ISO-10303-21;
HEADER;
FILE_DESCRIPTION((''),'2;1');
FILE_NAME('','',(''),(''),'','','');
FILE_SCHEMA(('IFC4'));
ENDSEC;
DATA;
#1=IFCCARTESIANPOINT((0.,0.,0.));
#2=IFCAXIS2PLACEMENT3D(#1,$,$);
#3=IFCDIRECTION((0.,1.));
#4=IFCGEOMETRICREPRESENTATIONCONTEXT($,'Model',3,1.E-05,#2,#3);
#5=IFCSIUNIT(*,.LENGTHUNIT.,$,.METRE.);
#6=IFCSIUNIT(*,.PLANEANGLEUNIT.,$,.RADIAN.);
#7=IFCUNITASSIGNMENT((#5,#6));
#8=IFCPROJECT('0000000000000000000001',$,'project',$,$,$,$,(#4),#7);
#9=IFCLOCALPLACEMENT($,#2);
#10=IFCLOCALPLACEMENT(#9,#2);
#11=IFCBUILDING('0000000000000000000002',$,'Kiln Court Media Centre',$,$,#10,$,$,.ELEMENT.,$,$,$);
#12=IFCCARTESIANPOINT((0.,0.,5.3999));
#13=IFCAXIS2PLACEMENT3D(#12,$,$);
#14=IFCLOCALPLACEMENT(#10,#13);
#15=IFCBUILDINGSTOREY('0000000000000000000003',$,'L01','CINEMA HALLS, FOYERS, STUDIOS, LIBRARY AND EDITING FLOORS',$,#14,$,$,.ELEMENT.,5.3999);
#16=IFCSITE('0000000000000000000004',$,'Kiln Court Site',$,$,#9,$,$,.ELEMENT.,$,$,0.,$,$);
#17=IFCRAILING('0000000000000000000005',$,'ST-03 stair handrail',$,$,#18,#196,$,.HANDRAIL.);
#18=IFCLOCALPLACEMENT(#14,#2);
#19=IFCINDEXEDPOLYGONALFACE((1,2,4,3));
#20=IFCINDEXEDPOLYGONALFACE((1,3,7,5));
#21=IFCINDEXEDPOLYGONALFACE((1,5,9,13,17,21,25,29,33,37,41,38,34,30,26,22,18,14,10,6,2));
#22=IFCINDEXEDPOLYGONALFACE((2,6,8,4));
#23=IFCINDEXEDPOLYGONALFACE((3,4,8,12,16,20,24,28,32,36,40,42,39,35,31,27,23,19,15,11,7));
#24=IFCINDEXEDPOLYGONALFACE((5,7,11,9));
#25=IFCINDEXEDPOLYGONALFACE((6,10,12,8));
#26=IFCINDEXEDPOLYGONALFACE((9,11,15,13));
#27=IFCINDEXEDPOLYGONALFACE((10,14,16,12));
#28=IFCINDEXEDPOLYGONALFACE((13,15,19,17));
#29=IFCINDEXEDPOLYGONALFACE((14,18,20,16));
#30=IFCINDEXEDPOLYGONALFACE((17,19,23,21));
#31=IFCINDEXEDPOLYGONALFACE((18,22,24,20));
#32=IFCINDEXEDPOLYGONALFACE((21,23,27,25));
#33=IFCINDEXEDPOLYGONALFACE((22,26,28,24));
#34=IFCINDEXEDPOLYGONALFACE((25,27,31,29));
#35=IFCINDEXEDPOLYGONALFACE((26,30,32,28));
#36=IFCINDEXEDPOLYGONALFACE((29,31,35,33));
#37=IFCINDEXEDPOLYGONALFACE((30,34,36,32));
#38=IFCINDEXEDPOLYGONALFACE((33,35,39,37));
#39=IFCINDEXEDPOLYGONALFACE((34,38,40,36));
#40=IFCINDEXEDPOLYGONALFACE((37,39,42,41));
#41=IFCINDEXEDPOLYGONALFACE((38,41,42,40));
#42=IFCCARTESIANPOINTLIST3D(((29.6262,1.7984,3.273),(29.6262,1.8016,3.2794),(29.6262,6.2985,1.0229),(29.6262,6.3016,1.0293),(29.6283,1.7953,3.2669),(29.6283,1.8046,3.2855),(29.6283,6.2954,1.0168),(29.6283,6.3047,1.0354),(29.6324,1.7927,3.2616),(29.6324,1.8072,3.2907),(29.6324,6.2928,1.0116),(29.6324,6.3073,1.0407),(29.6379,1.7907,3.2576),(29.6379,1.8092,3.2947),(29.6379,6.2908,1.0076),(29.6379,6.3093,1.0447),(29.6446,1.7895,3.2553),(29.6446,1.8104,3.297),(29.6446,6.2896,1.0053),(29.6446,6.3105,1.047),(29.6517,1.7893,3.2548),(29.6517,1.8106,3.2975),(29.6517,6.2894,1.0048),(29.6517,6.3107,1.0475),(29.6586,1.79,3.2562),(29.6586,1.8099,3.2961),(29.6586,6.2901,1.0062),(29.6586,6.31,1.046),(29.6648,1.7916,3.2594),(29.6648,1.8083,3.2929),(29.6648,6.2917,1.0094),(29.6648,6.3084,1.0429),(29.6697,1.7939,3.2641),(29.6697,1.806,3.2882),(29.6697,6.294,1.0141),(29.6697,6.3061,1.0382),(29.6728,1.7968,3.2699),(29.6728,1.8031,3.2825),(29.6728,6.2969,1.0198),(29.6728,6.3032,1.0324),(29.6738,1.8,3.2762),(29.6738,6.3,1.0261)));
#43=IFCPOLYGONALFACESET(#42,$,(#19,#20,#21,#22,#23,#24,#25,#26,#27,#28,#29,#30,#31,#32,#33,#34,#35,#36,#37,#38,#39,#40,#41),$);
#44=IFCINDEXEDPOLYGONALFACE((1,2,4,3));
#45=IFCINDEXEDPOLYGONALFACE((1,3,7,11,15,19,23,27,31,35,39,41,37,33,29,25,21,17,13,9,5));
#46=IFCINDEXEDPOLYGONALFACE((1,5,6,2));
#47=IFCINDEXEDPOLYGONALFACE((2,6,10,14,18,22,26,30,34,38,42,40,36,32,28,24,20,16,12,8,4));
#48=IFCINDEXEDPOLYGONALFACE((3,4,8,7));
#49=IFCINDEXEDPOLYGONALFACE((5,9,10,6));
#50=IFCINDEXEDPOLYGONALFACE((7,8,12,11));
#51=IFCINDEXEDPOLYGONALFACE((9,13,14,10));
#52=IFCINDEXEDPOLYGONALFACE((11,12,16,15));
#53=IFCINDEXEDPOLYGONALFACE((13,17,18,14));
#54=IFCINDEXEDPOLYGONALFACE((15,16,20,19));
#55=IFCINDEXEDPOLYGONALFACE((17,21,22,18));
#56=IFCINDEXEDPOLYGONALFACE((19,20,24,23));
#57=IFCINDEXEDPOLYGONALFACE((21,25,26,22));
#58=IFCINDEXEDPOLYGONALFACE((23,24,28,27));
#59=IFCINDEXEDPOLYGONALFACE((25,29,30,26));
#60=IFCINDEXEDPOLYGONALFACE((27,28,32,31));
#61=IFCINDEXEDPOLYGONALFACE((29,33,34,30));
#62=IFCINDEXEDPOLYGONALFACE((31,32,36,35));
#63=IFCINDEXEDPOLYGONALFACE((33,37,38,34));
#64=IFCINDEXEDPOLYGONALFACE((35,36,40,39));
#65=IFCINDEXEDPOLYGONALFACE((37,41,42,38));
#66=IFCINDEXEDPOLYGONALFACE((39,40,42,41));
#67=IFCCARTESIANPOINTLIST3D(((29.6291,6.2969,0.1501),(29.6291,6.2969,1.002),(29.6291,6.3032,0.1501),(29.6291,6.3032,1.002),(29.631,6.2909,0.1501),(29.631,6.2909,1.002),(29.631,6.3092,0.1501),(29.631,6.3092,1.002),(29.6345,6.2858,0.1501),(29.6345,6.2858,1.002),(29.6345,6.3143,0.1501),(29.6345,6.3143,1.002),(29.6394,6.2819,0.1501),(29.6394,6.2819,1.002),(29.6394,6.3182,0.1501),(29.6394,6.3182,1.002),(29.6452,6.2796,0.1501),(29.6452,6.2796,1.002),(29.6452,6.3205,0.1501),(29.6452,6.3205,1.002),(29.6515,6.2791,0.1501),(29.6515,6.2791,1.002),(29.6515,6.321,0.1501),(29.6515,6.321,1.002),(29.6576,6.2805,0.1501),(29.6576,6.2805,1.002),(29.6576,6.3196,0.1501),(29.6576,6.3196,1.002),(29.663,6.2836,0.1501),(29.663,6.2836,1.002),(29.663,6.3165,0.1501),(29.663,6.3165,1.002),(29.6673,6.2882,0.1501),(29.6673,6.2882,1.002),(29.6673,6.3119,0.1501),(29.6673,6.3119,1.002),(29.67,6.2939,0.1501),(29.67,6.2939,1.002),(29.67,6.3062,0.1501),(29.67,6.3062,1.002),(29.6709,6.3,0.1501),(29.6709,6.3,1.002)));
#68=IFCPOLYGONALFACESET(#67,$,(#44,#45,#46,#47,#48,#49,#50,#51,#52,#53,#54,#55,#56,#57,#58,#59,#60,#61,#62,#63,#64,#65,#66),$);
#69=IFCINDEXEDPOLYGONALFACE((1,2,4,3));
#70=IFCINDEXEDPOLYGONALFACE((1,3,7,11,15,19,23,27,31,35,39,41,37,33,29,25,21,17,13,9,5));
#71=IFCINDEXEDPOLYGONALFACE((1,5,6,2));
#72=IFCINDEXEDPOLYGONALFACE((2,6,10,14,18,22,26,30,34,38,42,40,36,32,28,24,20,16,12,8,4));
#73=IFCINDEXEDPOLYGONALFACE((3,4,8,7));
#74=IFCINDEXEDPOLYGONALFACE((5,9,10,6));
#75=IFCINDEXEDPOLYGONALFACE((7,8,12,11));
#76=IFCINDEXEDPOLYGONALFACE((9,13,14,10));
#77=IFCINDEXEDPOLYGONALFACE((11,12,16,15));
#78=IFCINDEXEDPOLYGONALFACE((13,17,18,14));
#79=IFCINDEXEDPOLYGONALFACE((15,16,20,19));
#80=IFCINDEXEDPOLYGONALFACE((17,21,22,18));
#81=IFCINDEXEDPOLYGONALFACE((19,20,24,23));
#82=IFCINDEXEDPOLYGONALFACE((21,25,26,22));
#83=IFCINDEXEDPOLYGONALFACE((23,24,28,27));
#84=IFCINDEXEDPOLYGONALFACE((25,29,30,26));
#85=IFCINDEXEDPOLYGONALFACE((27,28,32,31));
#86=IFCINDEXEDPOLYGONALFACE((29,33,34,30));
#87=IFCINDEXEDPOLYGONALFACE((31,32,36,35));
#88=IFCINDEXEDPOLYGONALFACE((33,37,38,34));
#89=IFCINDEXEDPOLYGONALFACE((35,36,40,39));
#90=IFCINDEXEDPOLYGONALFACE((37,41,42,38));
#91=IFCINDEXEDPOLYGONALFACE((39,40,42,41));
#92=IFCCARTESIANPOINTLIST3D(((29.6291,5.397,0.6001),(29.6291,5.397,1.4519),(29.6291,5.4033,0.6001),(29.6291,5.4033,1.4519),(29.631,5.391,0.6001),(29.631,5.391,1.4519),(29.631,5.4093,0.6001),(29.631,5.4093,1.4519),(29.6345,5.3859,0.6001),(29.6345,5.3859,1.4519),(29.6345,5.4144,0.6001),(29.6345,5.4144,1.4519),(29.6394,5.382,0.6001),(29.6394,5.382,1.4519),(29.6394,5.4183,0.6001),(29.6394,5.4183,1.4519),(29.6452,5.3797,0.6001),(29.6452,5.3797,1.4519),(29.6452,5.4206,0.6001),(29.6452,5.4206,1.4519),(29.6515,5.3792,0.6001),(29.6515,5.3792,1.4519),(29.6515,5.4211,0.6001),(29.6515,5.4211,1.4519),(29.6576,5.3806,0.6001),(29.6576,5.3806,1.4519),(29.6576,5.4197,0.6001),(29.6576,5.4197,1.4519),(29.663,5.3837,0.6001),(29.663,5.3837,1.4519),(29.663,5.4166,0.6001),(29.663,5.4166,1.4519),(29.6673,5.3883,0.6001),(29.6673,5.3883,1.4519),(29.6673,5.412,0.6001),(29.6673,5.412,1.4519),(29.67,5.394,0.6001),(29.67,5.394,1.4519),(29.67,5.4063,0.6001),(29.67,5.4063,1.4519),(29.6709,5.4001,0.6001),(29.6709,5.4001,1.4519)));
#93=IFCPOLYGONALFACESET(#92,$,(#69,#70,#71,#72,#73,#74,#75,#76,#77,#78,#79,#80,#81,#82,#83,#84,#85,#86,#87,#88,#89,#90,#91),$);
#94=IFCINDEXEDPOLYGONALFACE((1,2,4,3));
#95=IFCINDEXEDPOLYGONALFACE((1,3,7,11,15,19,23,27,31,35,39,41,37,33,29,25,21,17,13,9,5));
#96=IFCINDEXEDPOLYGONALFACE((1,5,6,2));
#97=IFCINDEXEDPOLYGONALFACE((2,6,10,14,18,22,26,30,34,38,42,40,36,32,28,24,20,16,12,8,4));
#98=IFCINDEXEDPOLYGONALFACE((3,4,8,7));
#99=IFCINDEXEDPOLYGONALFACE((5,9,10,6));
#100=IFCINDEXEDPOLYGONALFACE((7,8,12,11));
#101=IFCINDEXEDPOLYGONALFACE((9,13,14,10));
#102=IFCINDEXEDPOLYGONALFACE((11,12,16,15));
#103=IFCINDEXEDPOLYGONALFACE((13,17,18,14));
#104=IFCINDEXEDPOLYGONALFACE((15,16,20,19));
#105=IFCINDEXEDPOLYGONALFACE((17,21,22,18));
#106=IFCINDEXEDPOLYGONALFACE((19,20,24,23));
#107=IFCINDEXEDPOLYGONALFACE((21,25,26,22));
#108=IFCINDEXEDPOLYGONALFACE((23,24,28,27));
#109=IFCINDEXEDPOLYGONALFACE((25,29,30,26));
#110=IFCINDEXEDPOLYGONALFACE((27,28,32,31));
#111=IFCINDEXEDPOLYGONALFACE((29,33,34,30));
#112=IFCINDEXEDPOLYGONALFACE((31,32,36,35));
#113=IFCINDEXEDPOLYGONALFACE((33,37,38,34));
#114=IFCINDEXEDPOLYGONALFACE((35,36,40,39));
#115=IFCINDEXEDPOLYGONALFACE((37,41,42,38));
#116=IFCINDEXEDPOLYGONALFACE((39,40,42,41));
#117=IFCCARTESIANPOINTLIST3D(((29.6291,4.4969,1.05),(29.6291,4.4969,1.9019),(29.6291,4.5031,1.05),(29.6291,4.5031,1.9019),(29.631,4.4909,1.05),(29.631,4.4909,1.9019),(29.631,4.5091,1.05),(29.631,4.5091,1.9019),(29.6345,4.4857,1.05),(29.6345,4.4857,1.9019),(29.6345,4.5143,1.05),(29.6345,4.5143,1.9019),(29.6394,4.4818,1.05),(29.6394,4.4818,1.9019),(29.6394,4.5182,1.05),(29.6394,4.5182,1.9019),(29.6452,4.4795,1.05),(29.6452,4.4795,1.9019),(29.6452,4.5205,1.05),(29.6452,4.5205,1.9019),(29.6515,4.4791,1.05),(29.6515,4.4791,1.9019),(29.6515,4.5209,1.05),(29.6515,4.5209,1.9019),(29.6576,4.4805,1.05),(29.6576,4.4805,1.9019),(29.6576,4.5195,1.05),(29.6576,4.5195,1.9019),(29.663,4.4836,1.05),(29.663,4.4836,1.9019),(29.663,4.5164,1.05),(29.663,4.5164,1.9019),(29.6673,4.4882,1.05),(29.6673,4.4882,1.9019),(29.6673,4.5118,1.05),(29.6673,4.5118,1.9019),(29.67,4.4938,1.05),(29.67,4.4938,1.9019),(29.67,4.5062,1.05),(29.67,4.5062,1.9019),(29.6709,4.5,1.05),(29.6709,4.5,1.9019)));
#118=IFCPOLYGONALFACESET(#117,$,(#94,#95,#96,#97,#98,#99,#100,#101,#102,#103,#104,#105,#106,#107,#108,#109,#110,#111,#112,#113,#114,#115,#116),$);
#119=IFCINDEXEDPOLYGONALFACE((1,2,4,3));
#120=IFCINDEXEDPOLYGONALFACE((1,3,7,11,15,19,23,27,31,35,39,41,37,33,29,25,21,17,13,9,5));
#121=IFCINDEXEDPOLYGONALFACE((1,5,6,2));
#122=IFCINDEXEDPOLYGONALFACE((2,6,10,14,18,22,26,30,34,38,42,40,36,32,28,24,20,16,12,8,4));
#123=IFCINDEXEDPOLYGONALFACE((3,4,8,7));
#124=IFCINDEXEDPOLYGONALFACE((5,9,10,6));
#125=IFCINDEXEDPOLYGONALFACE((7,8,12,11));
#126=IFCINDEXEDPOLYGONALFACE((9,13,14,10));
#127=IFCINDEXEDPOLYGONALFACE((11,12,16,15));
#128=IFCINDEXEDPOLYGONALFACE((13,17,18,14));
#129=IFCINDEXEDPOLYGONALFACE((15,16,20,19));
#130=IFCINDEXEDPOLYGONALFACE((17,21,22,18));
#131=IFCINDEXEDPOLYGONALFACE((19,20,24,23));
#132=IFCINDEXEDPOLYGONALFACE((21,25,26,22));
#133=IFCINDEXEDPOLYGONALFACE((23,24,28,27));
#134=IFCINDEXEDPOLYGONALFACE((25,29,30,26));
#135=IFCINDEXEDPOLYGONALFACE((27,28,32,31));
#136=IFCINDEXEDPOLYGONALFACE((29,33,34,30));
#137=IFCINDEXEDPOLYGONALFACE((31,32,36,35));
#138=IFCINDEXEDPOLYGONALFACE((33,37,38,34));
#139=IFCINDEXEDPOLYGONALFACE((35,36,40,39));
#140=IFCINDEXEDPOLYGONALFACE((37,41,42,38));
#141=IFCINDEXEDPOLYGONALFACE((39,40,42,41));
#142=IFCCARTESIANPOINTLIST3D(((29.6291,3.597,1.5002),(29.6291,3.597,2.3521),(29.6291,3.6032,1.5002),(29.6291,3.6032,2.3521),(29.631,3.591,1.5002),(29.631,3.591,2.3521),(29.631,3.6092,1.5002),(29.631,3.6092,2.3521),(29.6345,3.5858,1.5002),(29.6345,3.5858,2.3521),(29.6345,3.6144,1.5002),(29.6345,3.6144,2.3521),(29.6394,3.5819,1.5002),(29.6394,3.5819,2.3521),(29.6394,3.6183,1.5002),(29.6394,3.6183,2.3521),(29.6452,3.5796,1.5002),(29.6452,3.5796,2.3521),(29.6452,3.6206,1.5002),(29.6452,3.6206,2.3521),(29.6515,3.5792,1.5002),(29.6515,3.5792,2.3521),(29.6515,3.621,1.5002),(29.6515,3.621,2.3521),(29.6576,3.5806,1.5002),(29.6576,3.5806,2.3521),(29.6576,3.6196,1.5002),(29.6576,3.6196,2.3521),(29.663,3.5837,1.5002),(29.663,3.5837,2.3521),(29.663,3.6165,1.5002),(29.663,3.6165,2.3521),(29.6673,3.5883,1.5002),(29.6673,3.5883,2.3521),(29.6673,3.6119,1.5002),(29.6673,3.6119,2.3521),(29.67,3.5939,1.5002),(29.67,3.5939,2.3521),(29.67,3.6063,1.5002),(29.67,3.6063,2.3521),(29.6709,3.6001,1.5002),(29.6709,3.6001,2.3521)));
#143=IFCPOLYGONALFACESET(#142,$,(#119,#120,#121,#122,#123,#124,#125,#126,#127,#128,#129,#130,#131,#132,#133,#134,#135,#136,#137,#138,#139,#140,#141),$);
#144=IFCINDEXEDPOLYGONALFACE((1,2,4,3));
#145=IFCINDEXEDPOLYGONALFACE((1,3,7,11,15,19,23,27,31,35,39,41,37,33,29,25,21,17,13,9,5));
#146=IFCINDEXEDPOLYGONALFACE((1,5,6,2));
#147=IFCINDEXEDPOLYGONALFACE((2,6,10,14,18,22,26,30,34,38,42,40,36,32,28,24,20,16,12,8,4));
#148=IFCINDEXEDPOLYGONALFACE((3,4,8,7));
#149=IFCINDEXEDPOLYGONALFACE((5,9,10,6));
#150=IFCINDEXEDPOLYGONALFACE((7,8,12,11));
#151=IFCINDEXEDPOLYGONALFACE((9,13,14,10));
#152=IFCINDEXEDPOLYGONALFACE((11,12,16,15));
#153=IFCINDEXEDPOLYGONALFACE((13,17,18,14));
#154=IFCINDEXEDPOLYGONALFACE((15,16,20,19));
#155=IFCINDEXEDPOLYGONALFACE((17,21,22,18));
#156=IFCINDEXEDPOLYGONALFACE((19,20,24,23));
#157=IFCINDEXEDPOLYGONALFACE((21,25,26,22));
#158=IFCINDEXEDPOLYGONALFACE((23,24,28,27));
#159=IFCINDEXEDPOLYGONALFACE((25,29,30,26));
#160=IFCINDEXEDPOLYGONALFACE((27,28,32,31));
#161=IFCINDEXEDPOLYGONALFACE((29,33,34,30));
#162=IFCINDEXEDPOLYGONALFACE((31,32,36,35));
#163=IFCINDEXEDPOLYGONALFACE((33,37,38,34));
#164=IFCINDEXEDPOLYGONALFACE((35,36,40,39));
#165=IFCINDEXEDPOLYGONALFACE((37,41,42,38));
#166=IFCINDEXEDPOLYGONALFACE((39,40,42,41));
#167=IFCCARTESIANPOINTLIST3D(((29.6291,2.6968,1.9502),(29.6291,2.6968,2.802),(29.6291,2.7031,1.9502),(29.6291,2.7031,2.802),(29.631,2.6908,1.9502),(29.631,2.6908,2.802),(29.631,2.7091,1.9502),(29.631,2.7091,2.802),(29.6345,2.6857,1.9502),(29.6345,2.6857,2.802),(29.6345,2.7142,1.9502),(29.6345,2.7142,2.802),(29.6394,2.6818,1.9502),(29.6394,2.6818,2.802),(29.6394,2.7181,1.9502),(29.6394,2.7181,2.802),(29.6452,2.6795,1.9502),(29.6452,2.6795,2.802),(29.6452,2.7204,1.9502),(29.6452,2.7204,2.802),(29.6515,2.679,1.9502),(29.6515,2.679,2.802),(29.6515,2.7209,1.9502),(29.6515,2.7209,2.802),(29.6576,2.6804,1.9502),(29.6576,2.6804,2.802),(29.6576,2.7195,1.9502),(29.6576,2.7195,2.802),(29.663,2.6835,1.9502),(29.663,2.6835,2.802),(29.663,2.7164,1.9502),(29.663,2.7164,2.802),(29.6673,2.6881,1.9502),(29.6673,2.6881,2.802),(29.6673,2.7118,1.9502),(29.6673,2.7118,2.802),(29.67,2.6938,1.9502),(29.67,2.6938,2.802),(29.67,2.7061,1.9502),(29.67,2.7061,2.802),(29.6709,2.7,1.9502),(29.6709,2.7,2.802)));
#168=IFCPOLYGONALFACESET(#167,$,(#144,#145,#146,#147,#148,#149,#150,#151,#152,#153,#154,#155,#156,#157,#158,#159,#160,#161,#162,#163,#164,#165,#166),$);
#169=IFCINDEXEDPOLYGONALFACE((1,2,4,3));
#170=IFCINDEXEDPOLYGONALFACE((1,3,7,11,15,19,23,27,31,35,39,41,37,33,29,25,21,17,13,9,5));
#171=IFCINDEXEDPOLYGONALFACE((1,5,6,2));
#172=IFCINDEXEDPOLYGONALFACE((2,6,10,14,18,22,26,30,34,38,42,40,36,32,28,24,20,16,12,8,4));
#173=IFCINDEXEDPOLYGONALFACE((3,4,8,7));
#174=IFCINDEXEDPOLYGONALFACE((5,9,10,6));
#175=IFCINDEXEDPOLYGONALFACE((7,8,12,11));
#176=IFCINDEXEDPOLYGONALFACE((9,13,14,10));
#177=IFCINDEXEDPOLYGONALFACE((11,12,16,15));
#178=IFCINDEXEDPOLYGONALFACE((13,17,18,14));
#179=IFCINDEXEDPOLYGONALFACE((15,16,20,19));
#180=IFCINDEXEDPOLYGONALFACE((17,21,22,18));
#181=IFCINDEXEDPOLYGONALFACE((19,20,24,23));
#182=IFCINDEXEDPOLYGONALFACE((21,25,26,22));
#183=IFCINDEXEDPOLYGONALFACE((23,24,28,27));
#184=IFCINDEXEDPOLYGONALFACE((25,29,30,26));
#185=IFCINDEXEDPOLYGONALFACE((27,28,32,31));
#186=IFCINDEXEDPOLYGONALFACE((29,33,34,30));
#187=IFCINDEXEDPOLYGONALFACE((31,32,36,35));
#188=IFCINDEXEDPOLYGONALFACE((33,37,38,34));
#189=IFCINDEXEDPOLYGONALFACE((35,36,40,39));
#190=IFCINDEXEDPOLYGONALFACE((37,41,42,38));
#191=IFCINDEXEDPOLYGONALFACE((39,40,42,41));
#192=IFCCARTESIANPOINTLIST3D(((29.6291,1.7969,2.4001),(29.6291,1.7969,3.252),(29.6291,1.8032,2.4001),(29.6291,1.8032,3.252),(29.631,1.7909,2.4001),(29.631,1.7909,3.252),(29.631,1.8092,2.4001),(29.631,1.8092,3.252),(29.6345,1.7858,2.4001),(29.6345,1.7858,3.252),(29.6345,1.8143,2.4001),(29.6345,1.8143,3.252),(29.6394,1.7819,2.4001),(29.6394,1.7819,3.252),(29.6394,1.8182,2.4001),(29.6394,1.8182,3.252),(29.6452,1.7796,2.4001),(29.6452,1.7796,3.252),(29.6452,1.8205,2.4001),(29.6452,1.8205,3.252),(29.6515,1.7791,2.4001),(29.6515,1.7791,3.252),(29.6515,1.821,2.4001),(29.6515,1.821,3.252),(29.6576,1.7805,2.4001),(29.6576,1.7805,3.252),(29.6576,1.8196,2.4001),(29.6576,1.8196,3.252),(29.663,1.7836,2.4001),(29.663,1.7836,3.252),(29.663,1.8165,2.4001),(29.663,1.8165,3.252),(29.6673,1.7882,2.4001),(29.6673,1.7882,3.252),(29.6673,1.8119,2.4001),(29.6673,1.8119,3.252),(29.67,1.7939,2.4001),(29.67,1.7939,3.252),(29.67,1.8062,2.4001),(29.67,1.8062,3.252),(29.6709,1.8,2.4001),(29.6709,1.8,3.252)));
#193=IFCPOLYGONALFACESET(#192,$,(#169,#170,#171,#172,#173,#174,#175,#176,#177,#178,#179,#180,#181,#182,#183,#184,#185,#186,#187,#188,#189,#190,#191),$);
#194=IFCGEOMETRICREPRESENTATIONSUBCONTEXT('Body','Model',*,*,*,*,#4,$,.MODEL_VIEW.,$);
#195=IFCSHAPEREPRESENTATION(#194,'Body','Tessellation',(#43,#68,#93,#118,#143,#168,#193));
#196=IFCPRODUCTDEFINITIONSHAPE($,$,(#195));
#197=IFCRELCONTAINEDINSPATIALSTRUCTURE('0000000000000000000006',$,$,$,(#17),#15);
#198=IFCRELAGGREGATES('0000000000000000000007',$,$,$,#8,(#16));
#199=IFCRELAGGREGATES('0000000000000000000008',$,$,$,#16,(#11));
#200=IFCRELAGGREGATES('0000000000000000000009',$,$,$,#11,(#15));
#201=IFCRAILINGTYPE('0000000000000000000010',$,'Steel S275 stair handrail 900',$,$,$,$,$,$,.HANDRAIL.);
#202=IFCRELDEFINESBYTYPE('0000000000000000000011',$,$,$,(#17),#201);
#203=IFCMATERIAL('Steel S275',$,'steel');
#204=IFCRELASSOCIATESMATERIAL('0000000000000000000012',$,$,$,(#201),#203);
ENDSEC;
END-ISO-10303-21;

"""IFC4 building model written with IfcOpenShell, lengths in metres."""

from ifc_helpers import new_model, si_unit, direction, frame, origin, origin_2d, place, context, subcontext, project, spatial, circle, extrude, material, type_object, element, save


model = new_model("IFC4")

# Units and contexts
model_context = context("Model", 3, precision=1e-05, world=origin(), true_north=direction((0.0, 1.0)))
body_context = subcontext(model_context, "Body", "Model", "MODEL_VIEW")
ifc_project = project(units=[si_unit("LENGTHUNIT", "METRE"), si_unit("PLANEANGLEUNIT", "RADIAN")], contexts=[model_context])

# Site, building, storey
site_placement = place(None, origin())
site = spatial("IfcSite", under=ifc_project, at=site_placement, Name="Kiln Court Site", CompositionType="ELEMENT", RefElevation=0.0)
building_placement = place(site_placement, origin())
building = spatial("IfcBuilding", under=site, at=building_placement, Name="Kiln Court Media Centre", CompositionType="ELEMENT")
storey_placement = place(building_placement, frame((0.0, 0.0, 5.3999)))
storey = spatial("IfcBuildingStorey", under=building, at=storey_placement, Name="L01", Description="CINEMA HALLS, FOYERS, STUDIOS, LIBRARY AND EDITING FLOORS", CompositionType="ELEMENT", Elevation=5.3999)

# Railing
ifc_material_1 = material(Name="Steel S275", Category="steel")
railing_type_1 = type_object("IfcRailingType", Name="Steel S275 stair handrail 900", PredefinedType="HANDRAIL", material=ifc_material_1)
railing_1_placement = place(storey_placement, frame((29.6499, 6.3, 0.1501)))
element("IfcRailing", 1, at=railing_1_placement, inside=storey, type_object=railing_type_1, Name="ST-03 stair handrail", PredefinedType="HANDRAIL", context=body_context, shape_type="SweptSolid", body=[
    extrude(circle(Radius=0.0239, at=origin_2d()), frame((0.0, 0.0, 0.876), z_axis=(0.0, -0.894427, 0.447214), x_axis=(1.0, 0.0, 0.0)), (0.0, 0.0, 1.0), 5.0312),
    extrude(circle(Radius=0.021, at=origin_2d()), origin(), (0.0, 0.0, 1.0), 0.8518),
    extrude(circle(Radius=0.021, at=origin_2d()), frame((0.0, -0.8999, 0.45)), (0.0, 0.0, 1.0), 0.8518),
    extrude(circle(Radius=0.021, at=origin_2d()), frame((0.0, -1.8, 0.8999)), (0.0, 0.0, 1.0), 0.8518),
    extrude(circle(Radius=0.021, at=origin_2d()), frame((0.0, -2.7, 1.3501)), (0.0, 0.0, 1.0), 0.8518),
    extrude(circle(Radius=0.021, at=origin_2d()), frame((0.0, -3.6001, 1.8)), (0.0, 0.0, 1.0), 0.8518),
    extrude(circle(Radius=0.021, at=origin_2d()), frame((0.0, -4.5, 2.25)), (0.0, 0.0, 1.0), 0.8518),
])

save(model, "model.ifc")
